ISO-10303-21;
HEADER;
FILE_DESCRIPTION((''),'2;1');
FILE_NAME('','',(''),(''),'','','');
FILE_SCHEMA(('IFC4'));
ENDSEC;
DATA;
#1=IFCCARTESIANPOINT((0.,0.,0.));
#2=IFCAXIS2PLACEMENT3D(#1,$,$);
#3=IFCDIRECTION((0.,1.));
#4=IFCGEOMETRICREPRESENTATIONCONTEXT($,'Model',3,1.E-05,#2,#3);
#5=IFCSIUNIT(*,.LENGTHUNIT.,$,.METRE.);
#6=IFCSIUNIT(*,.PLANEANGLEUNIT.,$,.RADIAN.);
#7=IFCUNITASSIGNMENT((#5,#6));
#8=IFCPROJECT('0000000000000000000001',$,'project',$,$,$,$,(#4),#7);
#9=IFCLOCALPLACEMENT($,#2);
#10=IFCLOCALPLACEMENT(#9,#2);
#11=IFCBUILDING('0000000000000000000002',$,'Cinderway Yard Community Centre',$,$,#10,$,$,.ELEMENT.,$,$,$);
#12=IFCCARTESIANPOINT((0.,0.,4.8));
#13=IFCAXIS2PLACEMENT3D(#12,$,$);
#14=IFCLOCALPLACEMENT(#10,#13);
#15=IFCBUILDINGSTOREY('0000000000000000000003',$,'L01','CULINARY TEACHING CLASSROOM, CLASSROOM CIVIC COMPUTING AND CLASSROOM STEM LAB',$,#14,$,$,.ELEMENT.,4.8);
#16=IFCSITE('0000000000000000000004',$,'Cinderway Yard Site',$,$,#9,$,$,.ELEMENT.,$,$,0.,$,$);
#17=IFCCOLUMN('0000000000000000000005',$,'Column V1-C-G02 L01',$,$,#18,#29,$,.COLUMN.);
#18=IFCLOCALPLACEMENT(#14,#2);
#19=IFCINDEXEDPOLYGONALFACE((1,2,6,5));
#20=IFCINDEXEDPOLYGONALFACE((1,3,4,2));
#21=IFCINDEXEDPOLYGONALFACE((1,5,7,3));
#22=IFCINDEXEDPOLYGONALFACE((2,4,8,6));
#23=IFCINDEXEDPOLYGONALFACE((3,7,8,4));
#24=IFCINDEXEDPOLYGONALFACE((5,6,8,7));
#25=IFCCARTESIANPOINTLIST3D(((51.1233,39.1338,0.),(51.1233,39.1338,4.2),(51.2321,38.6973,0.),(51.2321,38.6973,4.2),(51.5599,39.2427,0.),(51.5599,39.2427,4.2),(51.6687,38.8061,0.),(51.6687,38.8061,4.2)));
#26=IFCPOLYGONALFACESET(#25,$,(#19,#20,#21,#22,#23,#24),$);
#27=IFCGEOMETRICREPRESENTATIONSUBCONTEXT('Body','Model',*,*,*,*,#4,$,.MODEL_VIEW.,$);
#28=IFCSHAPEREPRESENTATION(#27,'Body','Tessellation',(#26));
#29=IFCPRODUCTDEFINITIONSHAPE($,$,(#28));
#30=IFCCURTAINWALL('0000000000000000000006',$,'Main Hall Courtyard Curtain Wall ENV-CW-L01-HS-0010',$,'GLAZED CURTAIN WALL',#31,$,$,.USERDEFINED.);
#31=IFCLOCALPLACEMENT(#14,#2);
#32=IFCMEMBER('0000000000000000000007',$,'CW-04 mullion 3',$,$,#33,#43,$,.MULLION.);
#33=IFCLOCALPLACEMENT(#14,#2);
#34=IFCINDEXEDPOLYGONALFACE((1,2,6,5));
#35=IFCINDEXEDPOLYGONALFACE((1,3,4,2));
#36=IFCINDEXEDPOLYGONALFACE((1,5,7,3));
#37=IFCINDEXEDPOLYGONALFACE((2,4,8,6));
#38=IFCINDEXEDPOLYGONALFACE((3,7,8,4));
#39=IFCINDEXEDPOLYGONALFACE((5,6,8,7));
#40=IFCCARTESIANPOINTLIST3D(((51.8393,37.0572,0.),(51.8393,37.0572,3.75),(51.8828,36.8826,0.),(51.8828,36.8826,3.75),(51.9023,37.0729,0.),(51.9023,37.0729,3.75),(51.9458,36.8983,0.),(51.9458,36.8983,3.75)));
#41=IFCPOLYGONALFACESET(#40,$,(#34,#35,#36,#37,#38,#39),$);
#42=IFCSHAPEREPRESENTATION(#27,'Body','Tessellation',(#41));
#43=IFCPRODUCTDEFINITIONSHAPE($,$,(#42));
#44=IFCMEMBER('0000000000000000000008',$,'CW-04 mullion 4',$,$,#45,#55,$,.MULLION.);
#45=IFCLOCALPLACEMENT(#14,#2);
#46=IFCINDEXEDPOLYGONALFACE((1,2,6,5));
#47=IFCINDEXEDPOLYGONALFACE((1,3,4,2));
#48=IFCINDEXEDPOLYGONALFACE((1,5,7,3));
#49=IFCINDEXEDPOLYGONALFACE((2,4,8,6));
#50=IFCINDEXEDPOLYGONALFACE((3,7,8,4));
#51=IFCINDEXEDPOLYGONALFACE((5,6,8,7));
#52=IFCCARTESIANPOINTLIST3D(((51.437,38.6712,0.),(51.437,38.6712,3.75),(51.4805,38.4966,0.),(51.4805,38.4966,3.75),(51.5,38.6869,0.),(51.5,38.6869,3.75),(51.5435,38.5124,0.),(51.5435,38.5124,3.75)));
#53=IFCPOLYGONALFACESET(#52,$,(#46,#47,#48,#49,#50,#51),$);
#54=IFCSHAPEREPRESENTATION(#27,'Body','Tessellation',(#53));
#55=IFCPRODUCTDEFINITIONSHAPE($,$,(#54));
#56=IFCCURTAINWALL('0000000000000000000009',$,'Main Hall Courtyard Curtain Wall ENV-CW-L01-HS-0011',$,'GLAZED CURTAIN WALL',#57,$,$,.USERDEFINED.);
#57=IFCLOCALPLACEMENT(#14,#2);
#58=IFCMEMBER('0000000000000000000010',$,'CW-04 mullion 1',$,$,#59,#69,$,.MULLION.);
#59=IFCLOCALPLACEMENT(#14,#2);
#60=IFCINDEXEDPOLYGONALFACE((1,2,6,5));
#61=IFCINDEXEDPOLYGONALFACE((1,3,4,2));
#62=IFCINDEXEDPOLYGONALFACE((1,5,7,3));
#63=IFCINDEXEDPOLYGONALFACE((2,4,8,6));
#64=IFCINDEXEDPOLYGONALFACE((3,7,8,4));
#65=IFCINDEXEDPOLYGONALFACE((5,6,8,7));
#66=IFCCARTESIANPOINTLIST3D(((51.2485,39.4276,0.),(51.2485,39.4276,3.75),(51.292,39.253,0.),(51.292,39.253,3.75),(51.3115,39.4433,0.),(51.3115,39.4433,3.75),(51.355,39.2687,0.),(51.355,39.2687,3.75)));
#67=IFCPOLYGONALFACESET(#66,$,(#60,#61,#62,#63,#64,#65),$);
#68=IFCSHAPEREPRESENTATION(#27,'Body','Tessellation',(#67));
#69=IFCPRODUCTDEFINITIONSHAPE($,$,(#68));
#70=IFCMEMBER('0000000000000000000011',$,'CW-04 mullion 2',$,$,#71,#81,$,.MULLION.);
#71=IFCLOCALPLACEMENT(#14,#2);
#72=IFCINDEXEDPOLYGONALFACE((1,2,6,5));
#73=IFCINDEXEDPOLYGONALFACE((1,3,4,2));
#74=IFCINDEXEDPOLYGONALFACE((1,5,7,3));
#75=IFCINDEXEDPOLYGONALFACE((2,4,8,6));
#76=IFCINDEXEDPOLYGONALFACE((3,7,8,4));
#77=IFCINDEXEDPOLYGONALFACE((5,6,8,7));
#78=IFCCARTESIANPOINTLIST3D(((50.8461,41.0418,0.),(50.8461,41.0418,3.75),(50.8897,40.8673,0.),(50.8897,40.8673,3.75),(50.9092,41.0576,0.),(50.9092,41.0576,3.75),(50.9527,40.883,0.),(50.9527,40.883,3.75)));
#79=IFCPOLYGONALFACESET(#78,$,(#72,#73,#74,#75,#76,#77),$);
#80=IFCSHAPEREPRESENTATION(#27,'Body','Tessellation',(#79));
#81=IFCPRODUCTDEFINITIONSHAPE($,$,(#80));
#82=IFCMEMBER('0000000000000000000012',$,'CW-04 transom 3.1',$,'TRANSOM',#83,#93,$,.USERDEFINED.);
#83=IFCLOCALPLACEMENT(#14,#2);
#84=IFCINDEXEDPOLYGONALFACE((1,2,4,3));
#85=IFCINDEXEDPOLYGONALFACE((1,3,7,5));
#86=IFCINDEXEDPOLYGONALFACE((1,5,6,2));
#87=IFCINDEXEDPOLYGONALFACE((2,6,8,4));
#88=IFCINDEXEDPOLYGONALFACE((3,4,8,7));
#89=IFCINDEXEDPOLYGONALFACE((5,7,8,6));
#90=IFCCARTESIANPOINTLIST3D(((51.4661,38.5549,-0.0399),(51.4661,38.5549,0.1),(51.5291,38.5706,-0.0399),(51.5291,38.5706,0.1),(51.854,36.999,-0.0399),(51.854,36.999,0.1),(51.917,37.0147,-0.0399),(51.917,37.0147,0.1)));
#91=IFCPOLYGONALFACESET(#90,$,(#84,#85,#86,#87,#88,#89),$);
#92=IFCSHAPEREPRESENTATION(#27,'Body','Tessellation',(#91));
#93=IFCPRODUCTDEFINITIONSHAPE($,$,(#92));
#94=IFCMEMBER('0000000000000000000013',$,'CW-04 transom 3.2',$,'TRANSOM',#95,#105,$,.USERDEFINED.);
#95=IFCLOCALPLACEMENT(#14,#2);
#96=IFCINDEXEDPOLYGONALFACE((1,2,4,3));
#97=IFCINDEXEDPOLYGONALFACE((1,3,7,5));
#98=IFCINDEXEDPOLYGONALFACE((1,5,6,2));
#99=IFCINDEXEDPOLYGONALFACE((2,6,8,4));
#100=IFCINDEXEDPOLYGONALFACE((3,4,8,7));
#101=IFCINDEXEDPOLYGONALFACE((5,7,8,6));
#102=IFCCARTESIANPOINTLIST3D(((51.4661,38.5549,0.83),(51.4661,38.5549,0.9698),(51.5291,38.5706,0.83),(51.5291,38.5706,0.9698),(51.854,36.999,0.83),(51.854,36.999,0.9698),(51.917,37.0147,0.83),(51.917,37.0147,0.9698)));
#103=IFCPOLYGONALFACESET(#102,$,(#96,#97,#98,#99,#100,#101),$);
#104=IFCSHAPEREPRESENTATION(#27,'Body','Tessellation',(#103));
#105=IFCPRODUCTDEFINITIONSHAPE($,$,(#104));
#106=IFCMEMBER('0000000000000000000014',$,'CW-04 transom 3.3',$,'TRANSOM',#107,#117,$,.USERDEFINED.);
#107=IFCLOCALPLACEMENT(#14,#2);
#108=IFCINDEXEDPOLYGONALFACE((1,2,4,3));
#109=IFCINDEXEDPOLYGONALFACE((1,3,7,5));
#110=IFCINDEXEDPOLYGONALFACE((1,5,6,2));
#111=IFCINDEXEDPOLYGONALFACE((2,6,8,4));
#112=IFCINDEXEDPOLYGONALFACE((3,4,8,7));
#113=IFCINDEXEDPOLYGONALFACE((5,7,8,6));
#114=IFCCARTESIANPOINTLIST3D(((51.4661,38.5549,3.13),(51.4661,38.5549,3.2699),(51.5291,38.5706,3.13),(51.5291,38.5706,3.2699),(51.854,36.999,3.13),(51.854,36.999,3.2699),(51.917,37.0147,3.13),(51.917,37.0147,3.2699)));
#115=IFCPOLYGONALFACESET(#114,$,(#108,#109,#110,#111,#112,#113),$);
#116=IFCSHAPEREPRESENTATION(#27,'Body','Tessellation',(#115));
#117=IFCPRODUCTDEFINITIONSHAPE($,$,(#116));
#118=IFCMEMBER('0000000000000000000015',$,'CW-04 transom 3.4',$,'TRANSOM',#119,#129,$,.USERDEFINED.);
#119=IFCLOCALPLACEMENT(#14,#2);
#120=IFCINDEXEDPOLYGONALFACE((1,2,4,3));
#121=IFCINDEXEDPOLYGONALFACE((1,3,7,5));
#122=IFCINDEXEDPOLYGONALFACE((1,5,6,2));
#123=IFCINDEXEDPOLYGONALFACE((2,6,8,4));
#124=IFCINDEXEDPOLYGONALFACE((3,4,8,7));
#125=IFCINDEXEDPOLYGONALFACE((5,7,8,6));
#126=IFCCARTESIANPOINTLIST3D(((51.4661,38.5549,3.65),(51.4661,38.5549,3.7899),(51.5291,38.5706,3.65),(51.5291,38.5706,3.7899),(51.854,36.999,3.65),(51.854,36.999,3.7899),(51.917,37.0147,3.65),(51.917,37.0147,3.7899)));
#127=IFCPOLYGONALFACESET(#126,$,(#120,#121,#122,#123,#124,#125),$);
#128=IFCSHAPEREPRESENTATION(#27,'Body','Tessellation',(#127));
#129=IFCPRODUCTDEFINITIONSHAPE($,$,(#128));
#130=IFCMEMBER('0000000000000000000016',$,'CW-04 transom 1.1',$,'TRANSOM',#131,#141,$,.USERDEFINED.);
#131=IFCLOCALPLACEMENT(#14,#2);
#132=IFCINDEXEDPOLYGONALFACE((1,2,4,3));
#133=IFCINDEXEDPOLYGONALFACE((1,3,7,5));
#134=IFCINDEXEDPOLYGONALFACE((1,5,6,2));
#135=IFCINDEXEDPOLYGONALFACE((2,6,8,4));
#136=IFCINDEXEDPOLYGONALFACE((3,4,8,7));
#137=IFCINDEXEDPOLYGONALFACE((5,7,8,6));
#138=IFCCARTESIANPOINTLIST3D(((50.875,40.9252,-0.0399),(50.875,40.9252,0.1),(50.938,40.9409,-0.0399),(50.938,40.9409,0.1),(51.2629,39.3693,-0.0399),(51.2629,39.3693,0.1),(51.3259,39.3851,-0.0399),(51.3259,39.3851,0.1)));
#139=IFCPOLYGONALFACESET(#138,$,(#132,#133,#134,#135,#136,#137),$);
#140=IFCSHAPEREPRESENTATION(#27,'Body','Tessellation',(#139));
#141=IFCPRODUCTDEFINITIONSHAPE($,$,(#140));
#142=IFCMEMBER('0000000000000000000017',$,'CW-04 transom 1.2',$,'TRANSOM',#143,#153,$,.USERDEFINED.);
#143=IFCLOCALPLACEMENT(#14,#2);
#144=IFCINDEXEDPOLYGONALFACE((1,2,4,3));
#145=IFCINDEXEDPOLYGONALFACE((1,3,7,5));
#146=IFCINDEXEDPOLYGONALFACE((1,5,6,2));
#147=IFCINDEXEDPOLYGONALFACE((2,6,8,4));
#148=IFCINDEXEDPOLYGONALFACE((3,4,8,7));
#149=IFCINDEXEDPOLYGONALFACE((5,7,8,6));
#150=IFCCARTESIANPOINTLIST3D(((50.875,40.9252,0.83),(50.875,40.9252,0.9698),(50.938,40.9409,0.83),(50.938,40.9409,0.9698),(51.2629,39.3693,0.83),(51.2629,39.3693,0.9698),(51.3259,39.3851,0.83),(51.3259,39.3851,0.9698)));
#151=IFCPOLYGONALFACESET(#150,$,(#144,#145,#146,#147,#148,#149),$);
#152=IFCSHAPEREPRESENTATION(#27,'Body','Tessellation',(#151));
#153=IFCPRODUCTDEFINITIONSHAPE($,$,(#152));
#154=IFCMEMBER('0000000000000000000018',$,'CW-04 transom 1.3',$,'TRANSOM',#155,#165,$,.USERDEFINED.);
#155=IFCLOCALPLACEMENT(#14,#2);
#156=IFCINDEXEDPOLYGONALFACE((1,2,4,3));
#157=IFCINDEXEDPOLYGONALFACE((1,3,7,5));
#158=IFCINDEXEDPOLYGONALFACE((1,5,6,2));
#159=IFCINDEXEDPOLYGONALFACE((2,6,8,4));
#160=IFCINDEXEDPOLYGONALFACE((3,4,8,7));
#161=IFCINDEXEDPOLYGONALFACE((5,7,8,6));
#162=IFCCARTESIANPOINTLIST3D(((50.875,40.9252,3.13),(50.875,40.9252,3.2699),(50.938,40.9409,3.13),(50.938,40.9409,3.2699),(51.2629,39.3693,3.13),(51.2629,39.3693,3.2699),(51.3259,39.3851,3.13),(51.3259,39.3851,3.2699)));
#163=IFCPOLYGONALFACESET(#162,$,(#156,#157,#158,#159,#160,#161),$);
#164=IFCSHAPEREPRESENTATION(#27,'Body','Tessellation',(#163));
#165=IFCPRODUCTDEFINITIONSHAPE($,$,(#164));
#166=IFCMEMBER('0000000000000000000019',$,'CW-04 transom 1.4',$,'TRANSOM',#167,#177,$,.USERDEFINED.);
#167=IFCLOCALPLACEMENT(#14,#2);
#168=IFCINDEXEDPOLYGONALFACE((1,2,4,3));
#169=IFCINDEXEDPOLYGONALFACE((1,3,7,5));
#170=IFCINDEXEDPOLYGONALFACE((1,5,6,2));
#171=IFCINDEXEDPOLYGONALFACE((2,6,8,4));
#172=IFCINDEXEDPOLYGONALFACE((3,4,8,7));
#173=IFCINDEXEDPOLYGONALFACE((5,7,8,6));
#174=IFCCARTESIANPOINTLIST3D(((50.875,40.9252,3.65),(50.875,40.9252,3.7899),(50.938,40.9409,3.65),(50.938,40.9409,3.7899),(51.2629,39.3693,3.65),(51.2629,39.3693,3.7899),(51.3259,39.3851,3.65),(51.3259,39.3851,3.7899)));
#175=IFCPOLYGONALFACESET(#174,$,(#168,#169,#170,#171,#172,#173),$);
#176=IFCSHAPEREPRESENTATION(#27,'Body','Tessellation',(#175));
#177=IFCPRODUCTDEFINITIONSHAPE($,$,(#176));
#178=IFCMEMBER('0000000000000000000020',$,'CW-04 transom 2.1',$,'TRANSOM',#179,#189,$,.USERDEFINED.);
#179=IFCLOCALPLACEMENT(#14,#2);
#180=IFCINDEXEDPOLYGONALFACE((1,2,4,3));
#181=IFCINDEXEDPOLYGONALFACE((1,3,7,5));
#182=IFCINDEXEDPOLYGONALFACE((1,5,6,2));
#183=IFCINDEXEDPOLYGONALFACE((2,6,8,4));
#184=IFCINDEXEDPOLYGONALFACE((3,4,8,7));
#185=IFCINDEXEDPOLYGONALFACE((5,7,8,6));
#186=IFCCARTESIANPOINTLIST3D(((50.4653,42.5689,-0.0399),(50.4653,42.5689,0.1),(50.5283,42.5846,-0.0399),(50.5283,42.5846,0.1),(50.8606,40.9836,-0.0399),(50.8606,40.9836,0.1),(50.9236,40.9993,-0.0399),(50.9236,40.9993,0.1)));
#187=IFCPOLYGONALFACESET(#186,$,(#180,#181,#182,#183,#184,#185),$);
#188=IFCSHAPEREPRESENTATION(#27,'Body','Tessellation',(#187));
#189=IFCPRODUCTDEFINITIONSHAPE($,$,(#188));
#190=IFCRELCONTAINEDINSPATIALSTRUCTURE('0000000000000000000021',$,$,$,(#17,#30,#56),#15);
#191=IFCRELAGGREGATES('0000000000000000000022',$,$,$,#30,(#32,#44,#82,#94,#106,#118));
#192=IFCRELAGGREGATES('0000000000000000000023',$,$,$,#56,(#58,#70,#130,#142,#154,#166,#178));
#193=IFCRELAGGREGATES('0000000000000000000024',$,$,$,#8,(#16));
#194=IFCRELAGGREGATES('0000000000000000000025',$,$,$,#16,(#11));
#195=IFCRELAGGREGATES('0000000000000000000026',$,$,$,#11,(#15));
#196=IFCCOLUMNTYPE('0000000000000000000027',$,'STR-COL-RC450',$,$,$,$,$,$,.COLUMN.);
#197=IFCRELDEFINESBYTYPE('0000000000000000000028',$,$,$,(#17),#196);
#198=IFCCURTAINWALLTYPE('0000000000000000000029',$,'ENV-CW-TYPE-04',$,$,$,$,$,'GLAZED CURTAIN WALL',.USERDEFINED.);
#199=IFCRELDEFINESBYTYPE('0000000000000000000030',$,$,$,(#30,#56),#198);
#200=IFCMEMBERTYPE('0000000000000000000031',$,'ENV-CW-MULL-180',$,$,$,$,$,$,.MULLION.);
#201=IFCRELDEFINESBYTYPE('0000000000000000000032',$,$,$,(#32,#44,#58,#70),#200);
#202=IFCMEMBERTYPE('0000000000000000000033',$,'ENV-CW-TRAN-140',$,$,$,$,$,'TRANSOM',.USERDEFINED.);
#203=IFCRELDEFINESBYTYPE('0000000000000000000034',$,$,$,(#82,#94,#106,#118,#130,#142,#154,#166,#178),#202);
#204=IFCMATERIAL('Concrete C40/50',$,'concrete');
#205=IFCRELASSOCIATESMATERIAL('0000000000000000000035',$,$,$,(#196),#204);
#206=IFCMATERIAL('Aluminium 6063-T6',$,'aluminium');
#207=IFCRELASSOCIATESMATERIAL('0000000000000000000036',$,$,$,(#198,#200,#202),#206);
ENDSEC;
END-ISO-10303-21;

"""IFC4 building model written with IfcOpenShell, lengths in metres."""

from ifc_helpers import new_model, si_unit, direction, frame, origin, origin_2d, place, context, subcontext, project, spatial, rectangle, extrude, material, material_profile, profile_set, type_object, element, aggregate, save


model = new_model("IFC4")

# Units and contexts
model_context = context("Model", 3, precision=1e-05, world=origin(), true_north=direction((0.0, 1.0)))
body_context = subcontext(model_context, "Body", "Model", "MODEL_VIEW")
ifc_project = project(units=[si_unit("LENGTHUNIT", "METRE"), si_unit("PLANEANGLEUNIT", "RADIAN")], contexts=[model_context])

# Site, building, storey
site_placement = place(None, origin())
site = spatial("IfcSite", under=ifc_project, at=site_placement, Name="Cinderway Yard Site", CompositionType="ELEMENT", RefElevation=0.0)
building_placement = place(site_placement, origin())
building = spatial("IfcBuilding", under=site, at=building_placement, Name="Cinderway Yard Community Centre", CompositionType="ELEMENT")
storey_placement = place(building_placement, frame((0.0, 0.0, 4.8)))
storey = spatial("IfcBuildingStorey", under=building, at=storey_placement, Name="L01", Description="CULINARY TEACHING CLASSROOM, CLASSROOM CIVIC COMPUTING AND CLASSROOM STEM LAB", CompositionType="ELEMENT", Elevation=4.8)

# Column
ifc_material_1 = material(Name="Concrete C40/50", Category="concrete")
ifc_material_profile_1 = material_profile(ifc_material_1, rectangle(XDim=0.45, YDim=0.45, at=origin_2d()), Name="Concrete C40/50")
ifc_profile_set_1 = profile_set([ifc_material_profile_1], Name="Concrete C40/50")
column_type = type_object("IfcColumnType", Name="STR-COL-RC450", PredefinedType="COLUMN", material=ifc_profile_set_1)
column_placement = place(storey_placement, frame((51.396, 38.97, 0.0), z_axis=(0.0, 0.0, 1.0), x_axis=(0.970296, 0.241922, 0.0)))
element("IfcColumn", 1, at=column_placement, inside=storey, type_object=column_type, Name="Column V1-C-G02 L01", PredefinedType="COLUMN", context=body_context, shape_type="SweptSolid", body=[
    extrude(rectangle(XDim=0.45, YDim=0.45, at=origin_2d()), origin(), (0.0, 0.0, 1.0), 4.2),
])

# Curtain walls, members
ifc_material_2 = material(Name="Aluminium 6063-T6", Category="aluminium")
curtain_wall_type = type_object("IfcCurtainWallType", Name="ENV-CW-TYPE-04", ElementType="GLAZED CURTAIN WALL", PredefinedType="USERDEFINED", material=ifc_material_2)
curtain_wall_1_placement = place(storey_placement, origin())
curtain_wall_1 = element("IfcCurtainWall", 2, at=curtain_wall_1_placement, inside=storey, type_object=curtain_wall_type, Name="Main Hall Courtyard Curtain Wall ENV-CW-L01-HS-0010", ObjectType="GLAZED CURTAIN WALL", PredefinedType="USERDEFINED")
ifc_material_profile_2 = material_profile(ifc_material_2, rectangle(XDim=0.0649, YDim=0.1799, at=origin_2d()), Name="Aluminium 6063-T6")
ifc_profile_set_2 = profile_set([ifc_material_profile_2], Name="Aluminium 6063-T6")
member_type_1 = type_object("IfcMemberType", Name="ENV-CW-MULL-180", PredefinedType="MULLION", material=ifc_profile_set_2)
member_1_placement = place(storey_placement, frame((51.8926, 36.9778, 0.0), z_axis=(0.0, 0.0, 1.0), x_axis=(-0.970304, -0.241887, 0.0)))
member_1 = element("IfcMember", 3, at=member_1_placement, type_object=member_type_1, Name="CW-04 mullion 3", PredefinedType="MULLION", context=body_context, shape_type="SweptSolid", body=[
    extrude(rectangle(XDim=0.0649, YDim=0.1799, at=origin_2d()), origin(), (0.0, 0.0, 1.0), 3.75),
])
member_2_placement = place(storey_placement, frame((51.4902, 38.5918, 0.0), z_axis=(0.0, 0.0, 1.0), x_axis=(-0.970304, -0.241887, 0.0)))
member_2 = element("IfcMember", 4, at=member_2_placement, type_object=member_type_1, Name="CW-04 mullion 4", PredefinedType="MULLION", context=body_context, shape_type="SweptSolid", body=[
    extrude(rectangle(XDim=0.0649, YDim=0.1799, at=origin_2d()), origin(), (0.0, 0.0, 1.0), 3.75),
])
curtain_wall_2_placement = place(storey_placement, origin())
curtain_wall_2 = element("IfcCurtainWall", 5, at=curtain_wall_2_placement, inside=storey, type_object=curtain_wall_type, Name="Main Hall Courtyard Curtain Wall ENV-CW-L01-HS-0011", ObjectType="GLAZED CURTAIN WALL", PredefinedType="USERDEFINED")
member_3_placement = place(storey_placement, frame((51.3018, 39.3481, 0.0), z_axis=(0.0, 0.0, 1.0), x_axis=(-0.970304, -0.241887, 0.0)))
member_3 = element("IfcMember", 6, at=member_3_placement, type_object=member_type_1, Name="CW-04 mullion 1", PredefinedType="MULLION", context=body_context, shape_type="SweptSolid", body=[
    extrude(rectangle(XDim=0.0649, YDim=0.1799, at=origin_2d()), origin(), (0.0, 0.0, 1.0), 3.75),
])
member_4_placement = place(storey_placement, frame((50.8994, 40.9624, 0.0), z_axis=(0.0, 0.0, 1.0), x_axis=(-0.970304, -0.241887, 0.0)))
member_4 = element("IfcMember", 7, at=member_4_placement, type_object=member_type_1, Name="CW-04 mullion 2", PredefinedType="MULLION", context=body_context, shape_type="SweptSolid", body=[
    extrude(rectangle(XDim=0.0649, YDim=0.1799, at=origin_2d()), origin(), (0.0, 0.0, 1.0), 3.75),
])

# Members
ifc_material_profile_3 = material_profile(ifc_material_2, rectangle(XDim=0.0649, YDim=0.1399, at=origin_2d()), Name="Aluminium 6063-T6")
ifc_profile_set_3 = profile_set([ifc_material_profile_3], Name="Aluminium 6063-T6")
member_type_2 = type_object("IfcMemberType", Name="ENV-CW-TRAN-140", ElementType="TRANSOM", PredefinedType="USERDEFINED", material=ifc_profile_set_3)
member_5_placement = place(storey_placement, frame((51.8855, 37.0068, 0.03), z_axis=(-0.241927, 0.970295, 0.0), x_axis=(-0.970295, -0.241927, 0.0)))
member_5 = element("IfcMember", 8, at=member_5_placement, type_object=member_type_2, Name="CW-04 transom 3.1", ObjectType="TRANSOM", PredefinedType="USERDEFINED", context=body_context, shape_type="SweptSolid", body=[
    extrude(rectangle(XDim=0.0649, YDim=0.1399, at=origin_2d()), origin(), (0.0, 0.0, 1.0), 1.6035),
])
member_6_placement = place(storey_placement, frame((51.8855, 37.0068, 0.8999), z_axis=(-0.241927, 0.970295, 0.0), x_axis=(-0.970295, -0.241927, 0.0)))
member_6 = element("IfcMember", 9, at=member_6_placement, type_object=member_type_2, Name="CW-04 transom 3.2", ObjectType="TRANSOM", PredefinedType="USERDEFINED", context=body_context, shape_type="SweptSolid", body=[
    extrude(rectangle(XDim=0.0649, YDim=0.1399, at=origin_2d()), origin(), (0.0, 0.0, 1.0), 1.6035),
])
member_7_placement = place(storey_placement, frame((51.8855, 37.0068, 3.2), z_axis=(-0.241927, 0.970295, 0.0), x_axis=(-0.970295, -0.241927, 0.0)))
member_7 = element("IfcMember", 10, at=member_7_placement, type_object=member_type_2, Name="CW-04 transom 3.3", ObjectType="TRANSOM", PredefinedType="USERDEFINED", context=body_context, shape_type="SweptSolid", body=[
    extrude(rectangle(XDim=0.0649, YDim=0.1399, at=origin_2d()), origin(), (0.0, 0.0, 1.0), 1.6035),
])
member_8_placement = place(storey_placement, frame((51.8855, 37.0068, 3.72), z_axis=(-0.241927, 0.970295, 0.0), x_axis=(-0.970295, -0.241927, 0.0)))
member_8 = element("IfcMember", 11, at=member_8_placement, type_object=member_type_2, Name="CW-04 transom 3.4", ObjectType="TRANSOM", PredefinedType="USERDEFINED", context=body_context, shape_type="SweptSolid", body=[
    extrude(rectangle(XDim=0.0649, YDim=0.1399, at=origin_2d()), origin(), (0.0, 0.0, 1.0), 1.6035),
])
member_9_placement = place(storey_placement, frame((51.2944, 39.3772, 0.03), z_axis=(-0.241927, 0.970295, 0.0), x_axis=(-0.970295, -0.241927, 0.0)))
member_9 = element("IfcMember", 12, at=member_9_placement, type_object=member_type_2, Name="CW-04 transom 1.1", ObjectType="TRANSOM", PredefinedType="USERDEFINED", context=body_context, shape_type="SweptSolid", body=[
    extrude(rectangle(XDim=0.0649, YDim=0.1399, at=origin_2d()), origin(), (0.0, 0.0, 1.0), 1.6035),
])
member_10_placement = place(storey_placement, frame((51.2944, 39.3772, 0.8999), z_axis=(-0.241927, 0.970295, 0.0), x_axis=(-0.970295, -0.241927, 0.0)))
member_10 = element("IfcMember", 13, at=member_10_placement, type_object=member_type_2, Name="CW-04 transom 1.2", ObjectType="TRANSOM", PredefinedType="USERDEFINED", context=body_context, shape_type="SweptSolid", body=[
    extrude(rectangle(XDim=0.0649, YDim=0.1399, at=origin_2d()), origin(), (0.0, 0.0, 1.0), 1.6035),
])
member_11_placement = place(storey_placement, frame((51.2944, 39.3772, 3.2), z_axis=(-0.241927, 0.970295, 0.0), x_axis=(-0.970295, -0.241927, 0.0)))
member_11 = element("IfcMember", 14, at=member_11_placement, type_object=member_type_2, Name="CW-04 transom 1.3", ObjectType="TRANSOM", PredefinedType="USERDEFINED", context=body_context, shape_type="SweptSolid", body=[
    extrude(rectangle(XDim=0.0649, YDim=0.1399, at=origin_2d()), origin(), (0.0, 0.0, 1.0), 1.6035),
])
member_12_placement = place(storey_placement, frame((51.2944, 39.3772, 3.72), z_axis=(-0.241927, 0.970295, 0.0), x_axis=(-0.970295, -0.241927, 0.0)))
member_12 = element("IfcMember", 15, at=member_12_placement, type_object=member_type_2, Name="CW-04 transom 1.4", ObjectType="TRANSOM", PredefinedType="USERDEFINED", context=body_context, shape_type="SweptSolid", body=[
    extrude(rectangle(XDim=0.0649, YDim=0.1399, at=origin_2d()), origin(), (0.0, 0.0, 1.0), 1.6035),
])
member_13_placement = place(storey_placement, frame((50.8921, 40.9915, 0.03), z_axis=(-0.241938, 0.970292, 0.0), x_axis=(-0.970292, -0.241938, 0.0)))
member_13 = element("IfcMember", 16, at=member_13_placement, type_object=member_type_2, Name="CW-04 transom 2.1", ObjectType="TRANSOM", PredefinedType="USERDEFINED", context=body_context, shape_type="SweptSolid", body=[
    extrude(rectangle(XDim=0.0649, YDim=0.1399, at=origin_2d()), origin(), (0.0, 0.0, 1.0), 1.6338),
])

aggregate(curtain_wall_1, [member_1, member_2, member_5, member_6, member_7, member_8])
aggregate(curtain_wall_2, [member_3, member_4, member_9, member_10, member_11, member_12, member_13])

save(model, "model.ifc")
